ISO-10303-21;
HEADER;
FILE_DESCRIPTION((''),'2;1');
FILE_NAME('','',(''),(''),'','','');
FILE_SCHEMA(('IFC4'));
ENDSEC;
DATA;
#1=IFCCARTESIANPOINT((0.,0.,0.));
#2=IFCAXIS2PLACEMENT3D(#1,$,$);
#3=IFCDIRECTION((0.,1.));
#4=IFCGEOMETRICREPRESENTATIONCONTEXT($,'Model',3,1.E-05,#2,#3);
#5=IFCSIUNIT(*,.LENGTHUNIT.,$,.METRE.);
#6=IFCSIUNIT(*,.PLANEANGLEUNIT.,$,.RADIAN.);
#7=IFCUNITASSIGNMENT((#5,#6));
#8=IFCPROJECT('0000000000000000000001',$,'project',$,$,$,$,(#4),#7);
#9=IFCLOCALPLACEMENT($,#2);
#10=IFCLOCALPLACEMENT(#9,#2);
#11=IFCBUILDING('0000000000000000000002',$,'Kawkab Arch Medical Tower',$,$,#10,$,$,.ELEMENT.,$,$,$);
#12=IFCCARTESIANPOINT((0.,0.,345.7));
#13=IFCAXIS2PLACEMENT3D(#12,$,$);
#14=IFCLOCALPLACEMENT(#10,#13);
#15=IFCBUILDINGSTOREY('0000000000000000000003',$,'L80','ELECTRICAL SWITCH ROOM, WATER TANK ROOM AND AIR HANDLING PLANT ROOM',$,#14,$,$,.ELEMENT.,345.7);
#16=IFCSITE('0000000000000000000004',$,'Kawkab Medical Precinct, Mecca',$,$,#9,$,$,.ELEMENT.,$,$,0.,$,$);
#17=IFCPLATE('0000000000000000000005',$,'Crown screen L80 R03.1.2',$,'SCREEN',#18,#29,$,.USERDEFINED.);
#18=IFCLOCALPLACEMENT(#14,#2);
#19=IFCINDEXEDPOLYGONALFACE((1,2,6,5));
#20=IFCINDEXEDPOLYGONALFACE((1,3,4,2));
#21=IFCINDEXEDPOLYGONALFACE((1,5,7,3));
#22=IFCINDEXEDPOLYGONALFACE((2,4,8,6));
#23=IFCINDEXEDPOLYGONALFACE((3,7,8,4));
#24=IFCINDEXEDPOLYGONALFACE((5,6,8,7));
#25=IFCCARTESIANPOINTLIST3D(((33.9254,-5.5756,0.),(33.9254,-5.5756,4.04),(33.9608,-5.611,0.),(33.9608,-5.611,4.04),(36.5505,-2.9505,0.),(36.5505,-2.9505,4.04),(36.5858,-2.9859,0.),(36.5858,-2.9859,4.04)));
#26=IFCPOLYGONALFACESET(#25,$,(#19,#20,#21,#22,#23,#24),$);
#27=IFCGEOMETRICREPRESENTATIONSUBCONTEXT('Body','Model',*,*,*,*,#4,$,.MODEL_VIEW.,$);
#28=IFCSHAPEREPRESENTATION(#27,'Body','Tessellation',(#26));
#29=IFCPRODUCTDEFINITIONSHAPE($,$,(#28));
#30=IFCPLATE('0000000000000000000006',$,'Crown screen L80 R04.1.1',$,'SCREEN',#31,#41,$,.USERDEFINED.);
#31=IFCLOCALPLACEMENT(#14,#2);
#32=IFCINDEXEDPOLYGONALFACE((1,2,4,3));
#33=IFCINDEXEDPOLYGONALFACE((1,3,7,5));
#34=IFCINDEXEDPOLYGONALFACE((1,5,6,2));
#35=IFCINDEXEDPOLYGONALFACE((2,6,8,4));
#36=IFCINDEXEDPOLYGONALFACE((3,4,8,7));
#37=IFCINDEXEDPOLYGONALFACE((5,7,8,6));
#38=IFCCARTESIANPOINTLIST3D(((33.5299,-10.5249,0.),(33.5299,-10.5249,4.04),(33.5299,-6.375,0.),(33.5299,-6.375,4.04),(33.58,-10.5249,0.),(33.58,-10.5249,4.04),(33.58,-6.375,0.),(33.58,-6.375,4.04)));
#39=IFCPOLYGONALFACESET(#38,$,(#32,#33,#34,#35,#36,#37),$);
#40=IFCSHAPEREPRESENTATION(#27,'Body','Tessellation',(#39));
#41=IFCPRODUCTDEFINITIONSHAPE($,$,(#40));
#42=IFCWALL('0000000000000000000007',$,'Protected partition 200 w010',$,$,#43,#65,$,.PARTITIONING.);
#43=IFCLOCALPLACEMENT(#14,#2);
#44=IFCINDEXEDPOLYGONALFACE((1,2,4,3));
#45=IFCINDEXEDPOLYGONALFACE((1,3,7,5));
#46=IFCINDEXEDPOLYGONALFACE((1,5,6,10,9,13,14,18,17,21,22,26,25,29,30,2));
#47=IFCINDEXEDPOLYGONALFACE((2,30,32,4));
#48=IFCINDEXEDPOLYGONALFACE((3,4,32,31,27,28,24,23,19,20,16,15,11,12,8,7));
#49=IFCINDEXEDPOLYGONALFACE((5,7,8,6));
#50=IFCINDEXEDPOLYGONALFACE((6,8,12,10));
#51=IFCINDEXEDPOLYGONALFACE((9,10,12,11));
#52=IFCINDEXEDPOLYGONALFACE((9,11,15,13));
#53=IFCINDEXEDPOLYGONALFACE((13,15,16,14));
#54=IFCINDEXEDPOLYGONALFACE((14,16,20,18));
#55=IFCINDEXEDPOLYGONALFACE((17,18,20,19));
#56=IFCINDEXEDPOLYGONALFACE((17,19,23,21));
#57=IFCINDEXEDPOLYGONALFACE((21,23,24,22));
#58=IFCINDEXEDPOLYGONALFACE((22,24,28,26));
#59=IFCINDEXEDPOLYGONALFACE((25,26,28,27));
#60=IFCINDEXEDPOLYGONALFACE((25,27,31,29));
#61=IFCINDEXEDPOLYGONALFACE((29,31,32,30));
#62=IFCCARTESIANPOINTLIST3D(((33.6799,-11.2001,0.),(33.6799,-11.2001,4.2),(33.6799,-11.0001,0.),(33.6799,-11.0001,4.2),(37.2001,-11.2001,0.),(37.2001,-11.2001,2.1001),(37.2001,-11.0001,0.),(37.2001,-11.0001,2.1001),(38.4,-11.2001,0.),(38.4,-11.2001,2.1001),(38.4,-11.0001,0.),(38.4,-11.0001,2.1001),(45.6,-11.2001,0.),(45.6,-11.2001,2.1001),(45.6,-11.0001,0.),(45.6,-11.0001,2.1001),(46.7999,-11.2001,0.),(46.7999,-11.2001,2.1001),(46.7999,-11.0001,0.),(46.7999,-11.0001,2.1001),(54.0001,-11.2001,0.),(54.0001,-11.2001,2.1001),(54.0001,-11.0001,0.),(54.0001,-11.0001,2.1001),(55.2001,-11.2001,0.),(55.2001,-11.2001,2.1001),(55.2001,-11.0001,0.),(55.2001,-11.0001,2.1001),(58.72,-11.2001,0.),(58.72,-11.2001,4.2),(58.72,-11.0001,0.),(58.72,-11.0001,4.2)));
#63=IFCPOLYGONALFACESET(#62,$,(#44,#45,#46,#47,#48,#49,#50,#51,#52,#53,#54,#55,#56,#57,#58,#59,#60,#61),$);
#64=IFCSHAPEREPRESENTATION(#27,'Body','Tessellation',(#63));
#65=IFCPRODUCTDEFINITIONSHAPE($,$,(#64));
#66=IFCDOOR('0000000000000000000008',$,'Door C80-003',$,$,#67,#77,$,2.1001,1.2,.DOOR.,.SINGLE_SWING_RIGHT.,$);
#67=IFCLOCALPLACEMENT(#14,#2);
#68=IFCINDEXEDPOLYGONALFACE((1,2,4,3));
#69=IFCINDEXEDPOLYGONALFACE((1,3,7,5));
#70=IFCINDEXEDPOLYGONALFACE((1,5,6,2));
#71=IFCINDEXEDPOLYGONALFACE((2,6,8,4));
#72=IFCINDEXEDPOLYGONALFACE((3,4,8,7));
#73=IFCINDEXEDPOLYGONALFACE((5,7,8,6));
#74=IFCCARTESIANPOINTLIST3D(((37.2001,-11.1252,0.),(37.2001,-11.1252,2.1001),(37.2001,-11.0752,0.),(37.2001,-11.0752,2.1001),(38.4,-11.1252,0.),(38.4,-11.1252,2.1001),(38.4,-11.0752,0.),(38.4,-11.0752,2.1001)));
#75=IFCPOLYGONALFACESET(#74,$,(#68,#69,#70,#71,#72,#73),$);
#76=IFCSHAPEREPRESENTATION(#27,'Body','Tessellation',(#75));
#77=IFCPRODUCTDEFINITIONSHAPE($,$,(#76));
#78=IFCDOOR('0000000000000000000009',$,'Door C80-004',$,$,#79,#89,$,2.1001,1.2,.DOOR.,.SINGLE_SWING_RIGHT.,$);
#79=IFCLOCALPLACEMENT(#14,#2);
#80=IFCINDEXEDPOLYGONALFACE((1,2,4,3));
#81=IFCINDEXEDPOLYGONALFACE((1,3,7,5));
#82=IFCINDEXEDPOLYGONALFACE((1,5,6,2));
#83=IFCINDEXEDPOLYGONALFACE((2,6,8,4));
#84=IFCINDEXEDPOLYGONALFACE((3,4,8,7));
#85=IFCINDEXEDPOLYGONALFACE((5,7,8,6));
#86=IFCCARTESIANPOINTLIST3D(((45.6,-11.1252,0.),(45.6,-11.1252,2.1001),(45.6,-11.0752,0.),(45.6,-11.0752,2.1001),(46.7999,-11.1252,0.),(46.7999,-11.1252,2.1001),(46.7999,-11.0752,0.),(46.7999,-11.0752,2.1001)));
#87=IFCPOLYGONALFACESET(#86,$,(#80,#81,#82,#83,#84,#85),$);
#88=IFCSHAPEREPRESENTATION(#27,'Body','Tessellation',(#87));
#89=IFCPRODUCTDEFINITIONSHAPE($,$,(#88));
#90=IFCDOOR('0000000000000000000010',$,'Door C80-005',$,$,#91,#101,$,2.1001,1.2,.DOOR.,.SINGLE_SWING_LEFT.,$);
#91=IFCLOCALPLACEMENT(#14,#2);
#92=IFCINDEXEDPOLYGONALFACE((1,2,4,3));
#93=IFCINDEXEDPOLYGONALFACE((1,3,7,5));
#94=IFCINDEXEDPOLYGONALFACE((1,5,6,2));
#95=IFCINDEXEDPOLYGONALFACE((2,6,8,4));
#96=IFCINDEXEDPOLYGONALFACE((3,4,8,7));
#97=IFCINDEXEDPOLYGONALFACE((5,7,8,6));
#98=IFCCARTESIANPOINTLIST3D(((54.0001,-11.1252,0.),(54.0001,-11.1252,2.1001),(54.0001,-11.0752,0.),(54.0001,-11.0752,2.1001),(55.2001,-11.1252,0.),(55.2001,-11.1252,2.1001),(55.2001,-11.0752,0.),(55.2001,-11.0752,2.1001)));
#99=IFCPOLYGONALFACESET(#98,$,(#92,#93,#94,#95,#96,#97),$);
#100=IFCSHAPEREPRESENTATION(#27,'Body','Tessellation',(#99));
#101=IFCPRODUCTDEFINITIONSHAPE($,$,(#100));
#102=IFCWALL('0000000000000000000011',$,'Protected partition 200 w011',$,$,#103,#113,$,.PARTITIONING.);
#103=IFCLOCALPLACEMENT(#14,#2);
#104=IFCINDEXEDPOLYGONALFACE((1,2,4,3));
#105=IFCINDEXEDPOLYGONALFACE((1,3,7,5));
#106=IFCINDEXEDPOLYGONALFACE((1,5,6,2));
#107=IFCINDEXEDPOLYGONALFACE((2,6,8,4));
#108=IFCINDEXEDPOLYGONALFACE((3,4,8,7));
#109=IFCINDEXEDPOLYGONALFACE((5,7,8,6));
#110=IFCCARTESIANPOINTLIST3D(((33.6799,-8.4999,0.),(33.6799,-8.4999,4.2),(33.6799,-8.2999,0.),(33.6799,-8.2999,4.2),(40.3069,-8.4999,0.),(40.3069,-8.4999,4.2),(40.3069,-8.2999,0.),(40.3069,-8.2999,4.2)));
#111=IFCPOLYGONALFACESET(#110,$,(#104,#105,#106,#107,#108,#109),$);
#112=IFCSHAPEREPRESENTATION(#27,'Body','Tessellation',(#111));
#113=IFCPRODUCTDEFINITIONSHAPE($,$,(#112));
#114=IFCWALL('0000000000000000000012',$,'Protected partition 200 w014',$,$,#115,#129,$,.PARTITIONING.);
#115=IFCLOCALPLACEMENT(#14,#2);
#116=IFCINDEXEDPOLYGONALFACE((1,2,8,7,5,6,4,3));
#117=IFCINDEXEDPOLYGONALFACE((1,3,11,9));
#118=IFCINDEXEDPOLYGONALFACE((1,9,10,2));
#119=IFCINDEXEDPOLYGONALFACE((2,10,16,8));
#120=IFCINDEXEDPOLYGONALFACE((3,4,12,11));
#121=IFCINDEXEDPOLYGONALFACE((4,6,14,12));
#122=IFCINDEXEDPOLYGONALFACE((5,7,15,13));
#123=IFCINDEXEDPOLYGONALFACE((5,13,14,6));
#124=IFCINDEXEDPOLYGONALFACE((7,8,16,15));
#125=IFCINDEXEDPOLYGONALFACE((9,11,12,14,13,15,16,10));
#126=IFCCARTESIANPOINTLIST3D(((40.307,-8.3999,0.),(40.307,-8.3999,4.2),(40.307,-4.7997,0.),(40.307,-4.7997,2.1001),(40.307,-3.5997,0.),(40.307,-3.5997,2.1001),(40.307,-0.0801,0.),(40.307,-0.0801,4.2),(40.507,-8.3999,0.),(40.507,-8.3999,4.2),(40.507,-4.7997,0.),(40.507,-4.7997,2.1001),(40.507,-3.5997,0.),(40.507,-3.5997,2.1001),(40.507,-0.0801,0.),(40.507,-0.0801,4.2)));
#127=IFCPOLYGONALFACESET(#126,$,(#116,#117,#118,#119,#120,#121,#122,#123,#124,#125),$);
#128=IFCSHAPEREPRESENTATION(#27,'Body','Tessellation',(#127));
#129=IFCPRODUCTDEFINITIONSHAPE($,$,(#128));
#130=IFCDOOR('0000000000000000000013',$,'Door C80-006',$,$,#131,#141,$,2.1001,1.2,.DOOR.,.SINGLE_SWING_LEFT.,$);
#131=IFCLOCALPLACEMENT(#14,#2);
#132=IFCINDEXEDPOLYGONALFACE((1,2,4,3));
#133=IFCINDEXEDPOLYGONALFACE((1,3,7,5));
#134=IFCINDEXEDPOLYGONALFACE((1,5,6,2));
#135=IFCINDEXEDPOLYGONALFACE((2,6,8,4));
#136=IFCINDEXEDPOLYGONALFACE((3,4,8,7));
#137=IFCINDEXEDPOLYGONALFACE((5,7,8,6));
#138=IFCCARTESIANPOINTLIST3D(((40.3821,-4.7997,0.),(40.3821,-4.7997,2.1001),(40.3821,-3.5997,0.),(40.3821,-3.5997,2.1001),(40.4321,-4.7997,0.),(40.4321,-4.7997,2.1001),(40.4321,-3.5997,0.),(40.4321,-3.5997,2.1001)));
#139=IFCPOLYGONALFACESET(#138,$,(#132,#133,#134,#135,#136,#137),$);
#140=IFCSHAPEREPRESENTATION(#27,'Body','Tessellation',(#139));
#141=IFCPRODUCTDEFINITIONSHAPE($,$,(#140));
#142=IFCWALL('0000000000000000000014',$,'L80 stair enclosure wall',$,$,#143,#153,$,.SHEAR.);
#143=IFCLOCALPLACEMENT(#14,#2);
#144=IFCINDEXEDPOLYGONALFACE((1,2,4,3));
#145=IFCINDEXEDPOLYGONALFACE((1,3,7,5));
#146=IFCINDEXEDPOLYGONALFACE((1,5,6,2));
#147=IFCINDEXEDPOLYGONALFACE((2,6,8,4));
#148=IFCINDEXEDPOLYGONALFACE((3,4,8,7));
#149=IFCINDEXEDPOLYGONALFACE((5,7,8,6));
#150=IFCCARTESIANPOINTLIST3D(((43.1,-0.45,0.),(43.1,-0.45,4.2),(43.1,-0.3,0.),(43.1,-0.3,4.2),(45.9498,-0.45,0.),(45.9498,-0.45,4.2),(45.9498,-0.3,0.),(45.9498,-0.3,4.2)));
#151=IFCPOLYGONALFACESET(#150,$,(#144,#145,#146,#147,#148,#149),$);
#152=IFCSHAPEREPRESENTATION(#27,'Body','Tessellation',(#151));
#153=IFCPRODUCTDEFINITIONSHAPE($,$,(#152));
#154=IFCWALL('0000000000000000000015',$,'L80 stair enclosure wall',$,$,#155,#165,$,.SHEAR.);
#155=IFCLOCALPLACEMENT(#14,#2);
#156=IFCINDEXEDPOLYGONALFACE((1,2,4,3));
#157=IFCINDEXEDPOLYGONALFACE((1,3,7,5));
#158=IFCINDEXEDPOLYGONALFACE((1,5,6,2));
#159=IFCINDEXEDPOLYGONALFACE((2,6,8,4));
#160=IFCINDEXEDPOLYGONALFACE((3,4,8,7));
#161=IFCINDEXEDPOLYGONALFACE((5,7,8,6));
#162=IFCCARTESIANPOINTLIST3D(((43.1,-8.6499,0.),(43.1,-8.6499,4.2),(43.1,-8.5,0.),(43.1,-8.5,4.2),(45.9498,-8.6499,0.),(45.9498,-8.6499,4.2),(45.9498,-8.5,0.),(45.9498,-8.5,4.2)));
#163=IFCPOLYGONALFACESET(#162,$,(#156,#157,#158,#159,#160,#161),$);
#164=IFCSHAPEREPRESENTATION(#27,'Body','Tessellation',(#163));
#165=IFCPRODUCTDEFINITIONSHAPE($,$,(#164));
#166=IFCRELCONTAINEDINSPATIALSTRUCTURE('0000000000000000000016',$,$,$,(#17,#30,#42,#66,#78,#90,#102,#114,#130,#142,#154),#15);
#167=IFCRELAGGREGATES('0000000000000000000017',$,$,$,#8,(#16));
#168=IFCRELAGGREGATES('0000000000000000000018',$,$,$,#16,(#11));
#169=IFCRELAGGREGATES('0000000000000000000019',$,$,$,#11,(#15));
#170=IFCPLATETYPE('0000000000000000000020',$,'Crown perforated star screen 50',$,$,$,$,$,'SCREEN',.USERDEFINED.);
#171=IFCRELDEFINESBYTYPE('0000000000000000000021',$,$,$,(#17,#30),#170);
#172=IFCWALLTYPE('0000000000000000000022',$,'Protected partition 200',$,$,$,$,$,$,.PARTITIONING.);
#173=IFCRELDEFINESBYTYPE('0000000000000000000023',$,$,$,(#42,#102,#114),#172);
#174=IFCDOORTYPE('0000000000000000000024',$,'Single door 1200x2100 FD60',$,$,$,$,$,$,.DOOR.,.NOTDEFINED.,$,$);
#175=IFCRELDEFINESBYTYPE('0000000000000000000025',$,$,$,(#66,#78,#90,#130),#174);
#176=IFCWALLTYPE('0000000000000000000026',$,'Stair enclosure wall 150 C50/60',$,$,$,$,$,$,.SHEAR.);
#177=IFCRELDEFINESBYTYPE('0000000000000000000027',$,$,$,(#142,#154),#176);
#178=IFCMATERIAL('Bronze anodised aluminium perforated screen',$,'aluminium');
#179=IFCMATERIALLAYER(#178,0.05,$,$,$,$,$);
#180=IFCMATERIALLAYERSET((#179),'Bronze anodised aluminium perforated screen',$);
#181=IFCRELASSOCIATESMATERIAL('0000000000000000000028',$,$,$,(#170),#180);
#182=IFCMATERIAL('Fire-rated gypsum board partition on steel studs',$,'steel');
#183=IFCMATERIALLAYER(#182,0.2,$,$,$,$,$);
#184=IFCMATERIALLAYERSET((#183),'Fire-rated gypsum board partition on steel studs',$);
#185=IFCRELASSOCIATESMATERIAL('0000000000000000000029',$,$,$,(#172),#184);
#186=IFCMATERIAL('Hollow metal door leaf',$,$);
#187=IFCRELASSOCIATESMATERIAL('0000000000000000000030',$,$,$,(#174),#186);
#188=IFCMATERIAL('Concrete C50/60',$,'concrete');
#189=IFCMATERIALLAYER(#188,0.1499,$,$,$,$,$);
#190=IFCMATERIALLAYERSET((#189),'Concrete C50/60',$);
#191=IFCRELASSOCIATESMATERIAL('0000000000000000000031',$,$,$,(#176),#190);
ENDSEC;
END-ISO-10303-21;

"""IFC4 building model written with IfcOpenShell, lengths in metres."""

from ifc_helpers import new_model, si_unit, direction, frame, frame_2d, origin, origin_2d, place, context, subcontext, project, spatial, rectangle, extrude, material, layer, layer_set, type_object, element, fill, save


model = new_model("IFC4")

# Units and contexts
model_context = context("Model", 3, precision=1e-05, world=origin(), true_north=direction((0.0, 1.0)))
body_context = subcontext(model_context, "Body", "Model", "MODEL_VIEW")
ifc_project = project(units=[si_unit("LENGTHUNIT", "METRE"), si_unit("PLANEANGLEUNIT", "RADIAN")], contexts=[model_context])

# Site, building, storey
site_placement = place(None, origin())
site = spatial("IfcSite", under=ifc_project, at=site_placement, Name="Kawkab Medical Precinct, Mecca", CompositionType="ELEMENT", RefElevation=0.0)
building_placement = place(site_placement, origin())
building = spatial("IfcBuilding", under=site, at=building_placement, Name="Kawkab Arch Medical Tower", CompositionType="ELEMENT")
storey_placement = place(building_placement, frame((0.0, 0.0, 345.7)))
storey = spatial("IfcBuildingStorey", under=building, at=storey_placement, Name="L80", Description="ELECTRICAL SWITCH ROOM, WATER TANK ROOM AND AIR HANDLING PLANT ROOM", CompositionType="ELEMENT", Elevation=345.7)

# Plates
ifc_material_1 = material(Name="Bronze anodised aluminium perforated screen", Category="aluminium")
ifc_layer_1 = layer(ifc_material_1, 0.05)
ifc_layer_set_1 = layer_set([ifc_layer_1], Name="Bronze anodised aluminium perforated screen")
plate_type_1 = type_object("IfcPlateType", Name="Crown perforated star screen 50", ElementType="SCREEN", PredefinedType="USERDEFINED", material=ifc_layer_set_1)
for number, where, z_axis, x_axis, name in (
    (1, (35.2556, -4.2808, 0.0), (0.0, 0.0, 1.0), (-0.707107, -0.707107, 0.0), "Crown screen L80 R03.1.2"),
):
    element("IfcPlate", number, at=place(storey_placement, frame(where, z_axis=z_axis, x_axis=x_axis)), inside=storey, type_object=plate_type_1, Name=name, ObjectType="SCREEN", PredefinedType="USERDEFINED", context=body_context, shape_type="SweptSolid", body=[
        extrude(rectangle(XDim=3.7124, YDim=0.05, at=origin_2d()), origin(), (0.0, 0.0, 1.0), 4.04),
    ])
plate_1_placement = place(storey_placement, frame((33.5549, -8.45, 0.0), z_axis=(0.0, 0.0, 1.0), x_axis=(0.0, -1.0, 0.0)))
element("IfcPlate", 2, at=plate_1_placement, inside=storey, type_object=plate_type_1, Name="Crown screen L80 R04.1.1", ObjectType="SCREEN", PredefinedType="USERDEFINED", context=body_context, shape_type="SweptSolid", body=[
    extrude(rectangle(XDim=4.1499, YDim=0.05, at=origin_2d()), origin(), (0.0, 0.0, 1.0), 4.04),
])

# Wall, openings, doors
ifc_material_2 = material(Name="Fire-rated gypsum board partition on steel studs", Category="steel")
ifc_layer_2 = layer(ifc_material_2, 0.2)
ifc_layer_set_2 = layer_set([ifc_layer_2], Name="Fire-rated gypsum board partition on steel studs")
wall_type_1 = type_object("IfcWallType", Name="Protected partition 200", PredefinedType="PARTITIONING", material=ifc_layer_set_2)
wall_1_placement = place(storey_placement, frame((33.6799, -11.1001, 0.0), z_axis=(0.0, 0.0, 1.0), x_axis=(1.0, 0.0, 0.0)))
wall_1 = element("IfcWall", 3, at=wall_1_placement, inside=storey, type_object=wall_type_1, Name="Protected partition 200 w010", PredefinedType="PARTITIONING", context=body_context, shape_type="SweptSolid", body=[
    extrude(rectangle(XDim=25.04, YDim=0.2, at=frame_2d((12.52, 0.0))), origin(), (0.0, 0.0, 1.0), 4.2),
])
opening_1_placement = place(wall_1_placement, frame((3.52, 0.0, 0.0)))
opening_1 = element("IfcOpeningElement", 4, at=opening_1_placement, cuts=wall_1, PredefinedType="OPENING", context=body_context, shape_type="SweptSolid", body=[
    extrude(rectangle(XDim=1.2, YDim=2.1001, at=frame_2d((0.6001, 1.05))), frame((0.0, 0.1099, 0.0), z_axis=(0.0, -1.0, 0.0), x_axis=(1.0, 0.0, 0.0)), (0.0, 0.0, 1.0), 0.22),
])
opening_2_placement = place(wall_1_placement, frame((11.9199, 0.0, 0.0)))
opening_2 = element("IfcOpeningElement", 5, at=opening_2_placement, cuts=wall_1, PredefinedType="OPENING", context=body_context, shape_type="SweptSolid", body=[
    extrude(rectangle(XDim=1.2, YDim=2.1001, at=frame_2d((0.6001, 1.05))), frame((0.0, 0.1099, 0.0), z_axis=(0.0, -1.0, 0.0), x_axis=(1.0, 0.0, 0.0)), (0.0, 0.0, 1.0), 0.22),
])
opening_3_placement = place(wall_1_placement, frame((20.3201, 0.0, 0.0)))
opening_3 = element("IfcOpeningElement", 6, at=opening_3_placement, cuts=wall_1, PredefinedType="OPENING", context=body_context, shape_type="SweptSolid", body=[
    extrude(rectangle(XDim=1.2, YDim=2.1001, at=frame_2d((0.6001, 1.05))), frame((0.0, 0.1099, 0.0), z_axis=(0.0, -1.0, 0.0), x_axis=(1.0, 0.0, 0.0)), (0.0, 0.0, 1.0), 0.22),
])
ifc_material_3 = material(Name="Hollow metal door leaf")
door_type_1 = type_object("IfcDoorType", Name="Single door 1200x2100 FD60", OperationType="NOTDEFINED", PredefinedType="DOOR", material=ifc_material_3)
door_1_placement = place(opening_1_placement, origin())
door_1 = element("IfcDoor", 7, at=door_1_placement, inside=storey, type_object=door_type_1, Name="Door C80-003", OperationType="SINGLE_SWING_RIGHT", OverallHeight=2.1001, OverallWidth=1.2, PredefinedType="DOOR", context=body_context, shape_type="SweptSolid", body=[
    extrude(rectangle(XDim=1.2, YDim=2.1001, at=frame_2d((0.6001, 1.05))), frame((0.0, 0.0249, 0.0), z_axis=(0.0, -1.0, 0.0), x_axis=(1.0, 0.0, 0.0)), (0.0, 0.0, 1.0), 0.05),
])
fill(opening_1, door_1)
door_2_placement = place(opening_2_placement, origin())
door_2 = element("IfcDoor", 8, at=door_2_placement, inside=storey, type_object=door_type_1, Name="Door C80-004", OperationType="SINGLE_SWING_RIGHT", OverallHeight=2.1001, OverallWidth=1.2, PredefinedType="DOOR", context=body_context, shape_type="SweptSolid", body=[
    extrude(rectangle(XDim=1.2, YDim=2.1001, at=frame_2d((0.6001, 1.05))), frame((0.0, 0.0249, 0.0), z_axis=(0.0, -1.0, 0.0), x_axis=(1.0, 0.0, 0.0)), (0.0, 0.0, 1.0), 0.05),
])
fill(opening_2, door_2)
door_3_placement = place(opening_3_placement, origin())
door_3 = element("IfcDoor", 9, at=door_3_placement, inside=storey, type_object=door_type_1, Name="Door C80-005", OperationType="SINGLE_SWING_LEFT", OverallHeight=2.1001, OverallWidth=1.2, PredefinedType="DOOR", context=body_context, shape_type="SweptSolid", body=[
    extrude(rectangle(XDim=1.2, YDim=2.1001, at=frame_2d((0.6001, 1.05))), frame((0.0, 0.0249, 0.0), z_axis=(0.0, -1.0, 0.0), x_axis=(1.0, 0.0, 0.0)), (0.0, 0.0, 1.0), 0.05),
])
fill(opening_3, door_3)

# Wall
wall_2_placement = place(storey_placement, frame((33.6799, -8.3999, 0.0), z_axis=(0.0, 0.0, 1.0), x_axis=(1.0, 0.0, 0.0)))
element("IfcWall", 10, at=wall_2_placement, inside=storey, type_object=wall_type_1, Name="Protected partition 200 w011", PredefinedType="PARTITIONING", context=body_context, shape_type="SweptSolid", body=[
    extrude(rectangle(XDim=6.627, YDim=0.2, at=frame_2d((3.3135, 0.0))), origin(), (0.0, 0.0, 1.0), 4.2),
])

# Wall, opening, door
wall_3_placement = place(storey_placement, frame((40.407, -8.3999, 0.0), z_axis=(0.0, 0.0, 1.0), x_axis=(0.0, 1.0, 0.0)))
wall_3 = element("IfcWall", 11, at=wall_3_placement, inside=storey, type_object=wall_type_1, Name="Protected partition 200 w014", PredefinedType="PARTITIONING", context=body_context, shape_type="SweptSolid", body=[
    extrude(rectangle(XDim=8.3198, YDim=0.2, at=frame_2d((4.1599, 0.0))), origin(), (0.0, 0.0, 1.0), 4.2),
])
opening_4_placement = place(wall_3_placement, frame((3.6001, 0.0, 0.0)))
opening_4 = element("IfcOpeningElement", 12, at=opening_4_placement, cuts=wall_3, PredefinedType="OPENING", context=body_context, shape_type="SweptSolid", body=[
    extrude(rectangle(XDim=1.2, YDim=2.1001, at=frame_2d((0.6001, 1.05))), frame((0.0, 0.1099, 0.0), z_axis=(0.0, -1.0, 0.0), x_axis=(1.0, 0.0, 0.0)), (0.0, 0.0, 1.0), 0.22),
])
door_4_placement = place(opening_4_placement, origin())
door_4 = element("IfcDoor", 13, at=door_4_placement, inside=storey, type_object=door_type_1, Name="Door C80-006", OperationType="SINGLE_SWING_LEFT", OverallHeight=2.1001, OverallWidth=1.2, PredefinedType="DOOR", context=body_context, shape_type="SweptSolid", body=[
    extrude(rectangle(XDim=1.2, YDim=2.1001, at=frame_2d((0.6001, 1.05))), frame((0.0, 0.0249, 0.0), z_axis=(0.0, -1.0, 0.0), x_axis=(1.0, 0.0, 0.0)), (0.0, 0.0, 1.0), 0.05),
])
fill(opening_4, door_4)

# Walls
ifc_material_4 = material(Name="Concrete C50/60", Category="concrete")
ifc_layer_3 = layer(ifc_material_4, 0.1499)
ifc_layer_set_3 = layer_set([ifc_layer_3], Name="Concrete C50/60")
wall_type_2 = type_object("IfcWallType", Name="Stair enclosure wall 150 C50/60", PredefinedType="SHEAR", material=ifc_layer_set_3)
for number, where, z_axis, x_axis, name in (
    (14, (43.1001, -0.375, 0.0), (0.0, 0.0, 1.0), (1.0, 0.0, 0.0), "L80 stair enclosure wall"),
    (15, (43.1001, -8.575, 0.0), (0.0, 0.0, 1.0), (1.0, 0.0, 0.0), "L80 stair enclosure wall"),
):
    element("IfcWall", number, at=place(storey_placement, frame(where, z_axis=z_axis, x_axis=x_axis)), inside=storey, type_object=wall_type_2, Name=name, PredefinedType="SHEAR", context=body_context, shape_type="SweptSolid", body=[
        extrude(rectangle(XDim=2.8499, YDim=0.1499, at=frame_2d((1.4248, 0.0))), origin(), (0.0, 0.0, 1.0), 4.2),
    ])

save(model, "model.ifc")
